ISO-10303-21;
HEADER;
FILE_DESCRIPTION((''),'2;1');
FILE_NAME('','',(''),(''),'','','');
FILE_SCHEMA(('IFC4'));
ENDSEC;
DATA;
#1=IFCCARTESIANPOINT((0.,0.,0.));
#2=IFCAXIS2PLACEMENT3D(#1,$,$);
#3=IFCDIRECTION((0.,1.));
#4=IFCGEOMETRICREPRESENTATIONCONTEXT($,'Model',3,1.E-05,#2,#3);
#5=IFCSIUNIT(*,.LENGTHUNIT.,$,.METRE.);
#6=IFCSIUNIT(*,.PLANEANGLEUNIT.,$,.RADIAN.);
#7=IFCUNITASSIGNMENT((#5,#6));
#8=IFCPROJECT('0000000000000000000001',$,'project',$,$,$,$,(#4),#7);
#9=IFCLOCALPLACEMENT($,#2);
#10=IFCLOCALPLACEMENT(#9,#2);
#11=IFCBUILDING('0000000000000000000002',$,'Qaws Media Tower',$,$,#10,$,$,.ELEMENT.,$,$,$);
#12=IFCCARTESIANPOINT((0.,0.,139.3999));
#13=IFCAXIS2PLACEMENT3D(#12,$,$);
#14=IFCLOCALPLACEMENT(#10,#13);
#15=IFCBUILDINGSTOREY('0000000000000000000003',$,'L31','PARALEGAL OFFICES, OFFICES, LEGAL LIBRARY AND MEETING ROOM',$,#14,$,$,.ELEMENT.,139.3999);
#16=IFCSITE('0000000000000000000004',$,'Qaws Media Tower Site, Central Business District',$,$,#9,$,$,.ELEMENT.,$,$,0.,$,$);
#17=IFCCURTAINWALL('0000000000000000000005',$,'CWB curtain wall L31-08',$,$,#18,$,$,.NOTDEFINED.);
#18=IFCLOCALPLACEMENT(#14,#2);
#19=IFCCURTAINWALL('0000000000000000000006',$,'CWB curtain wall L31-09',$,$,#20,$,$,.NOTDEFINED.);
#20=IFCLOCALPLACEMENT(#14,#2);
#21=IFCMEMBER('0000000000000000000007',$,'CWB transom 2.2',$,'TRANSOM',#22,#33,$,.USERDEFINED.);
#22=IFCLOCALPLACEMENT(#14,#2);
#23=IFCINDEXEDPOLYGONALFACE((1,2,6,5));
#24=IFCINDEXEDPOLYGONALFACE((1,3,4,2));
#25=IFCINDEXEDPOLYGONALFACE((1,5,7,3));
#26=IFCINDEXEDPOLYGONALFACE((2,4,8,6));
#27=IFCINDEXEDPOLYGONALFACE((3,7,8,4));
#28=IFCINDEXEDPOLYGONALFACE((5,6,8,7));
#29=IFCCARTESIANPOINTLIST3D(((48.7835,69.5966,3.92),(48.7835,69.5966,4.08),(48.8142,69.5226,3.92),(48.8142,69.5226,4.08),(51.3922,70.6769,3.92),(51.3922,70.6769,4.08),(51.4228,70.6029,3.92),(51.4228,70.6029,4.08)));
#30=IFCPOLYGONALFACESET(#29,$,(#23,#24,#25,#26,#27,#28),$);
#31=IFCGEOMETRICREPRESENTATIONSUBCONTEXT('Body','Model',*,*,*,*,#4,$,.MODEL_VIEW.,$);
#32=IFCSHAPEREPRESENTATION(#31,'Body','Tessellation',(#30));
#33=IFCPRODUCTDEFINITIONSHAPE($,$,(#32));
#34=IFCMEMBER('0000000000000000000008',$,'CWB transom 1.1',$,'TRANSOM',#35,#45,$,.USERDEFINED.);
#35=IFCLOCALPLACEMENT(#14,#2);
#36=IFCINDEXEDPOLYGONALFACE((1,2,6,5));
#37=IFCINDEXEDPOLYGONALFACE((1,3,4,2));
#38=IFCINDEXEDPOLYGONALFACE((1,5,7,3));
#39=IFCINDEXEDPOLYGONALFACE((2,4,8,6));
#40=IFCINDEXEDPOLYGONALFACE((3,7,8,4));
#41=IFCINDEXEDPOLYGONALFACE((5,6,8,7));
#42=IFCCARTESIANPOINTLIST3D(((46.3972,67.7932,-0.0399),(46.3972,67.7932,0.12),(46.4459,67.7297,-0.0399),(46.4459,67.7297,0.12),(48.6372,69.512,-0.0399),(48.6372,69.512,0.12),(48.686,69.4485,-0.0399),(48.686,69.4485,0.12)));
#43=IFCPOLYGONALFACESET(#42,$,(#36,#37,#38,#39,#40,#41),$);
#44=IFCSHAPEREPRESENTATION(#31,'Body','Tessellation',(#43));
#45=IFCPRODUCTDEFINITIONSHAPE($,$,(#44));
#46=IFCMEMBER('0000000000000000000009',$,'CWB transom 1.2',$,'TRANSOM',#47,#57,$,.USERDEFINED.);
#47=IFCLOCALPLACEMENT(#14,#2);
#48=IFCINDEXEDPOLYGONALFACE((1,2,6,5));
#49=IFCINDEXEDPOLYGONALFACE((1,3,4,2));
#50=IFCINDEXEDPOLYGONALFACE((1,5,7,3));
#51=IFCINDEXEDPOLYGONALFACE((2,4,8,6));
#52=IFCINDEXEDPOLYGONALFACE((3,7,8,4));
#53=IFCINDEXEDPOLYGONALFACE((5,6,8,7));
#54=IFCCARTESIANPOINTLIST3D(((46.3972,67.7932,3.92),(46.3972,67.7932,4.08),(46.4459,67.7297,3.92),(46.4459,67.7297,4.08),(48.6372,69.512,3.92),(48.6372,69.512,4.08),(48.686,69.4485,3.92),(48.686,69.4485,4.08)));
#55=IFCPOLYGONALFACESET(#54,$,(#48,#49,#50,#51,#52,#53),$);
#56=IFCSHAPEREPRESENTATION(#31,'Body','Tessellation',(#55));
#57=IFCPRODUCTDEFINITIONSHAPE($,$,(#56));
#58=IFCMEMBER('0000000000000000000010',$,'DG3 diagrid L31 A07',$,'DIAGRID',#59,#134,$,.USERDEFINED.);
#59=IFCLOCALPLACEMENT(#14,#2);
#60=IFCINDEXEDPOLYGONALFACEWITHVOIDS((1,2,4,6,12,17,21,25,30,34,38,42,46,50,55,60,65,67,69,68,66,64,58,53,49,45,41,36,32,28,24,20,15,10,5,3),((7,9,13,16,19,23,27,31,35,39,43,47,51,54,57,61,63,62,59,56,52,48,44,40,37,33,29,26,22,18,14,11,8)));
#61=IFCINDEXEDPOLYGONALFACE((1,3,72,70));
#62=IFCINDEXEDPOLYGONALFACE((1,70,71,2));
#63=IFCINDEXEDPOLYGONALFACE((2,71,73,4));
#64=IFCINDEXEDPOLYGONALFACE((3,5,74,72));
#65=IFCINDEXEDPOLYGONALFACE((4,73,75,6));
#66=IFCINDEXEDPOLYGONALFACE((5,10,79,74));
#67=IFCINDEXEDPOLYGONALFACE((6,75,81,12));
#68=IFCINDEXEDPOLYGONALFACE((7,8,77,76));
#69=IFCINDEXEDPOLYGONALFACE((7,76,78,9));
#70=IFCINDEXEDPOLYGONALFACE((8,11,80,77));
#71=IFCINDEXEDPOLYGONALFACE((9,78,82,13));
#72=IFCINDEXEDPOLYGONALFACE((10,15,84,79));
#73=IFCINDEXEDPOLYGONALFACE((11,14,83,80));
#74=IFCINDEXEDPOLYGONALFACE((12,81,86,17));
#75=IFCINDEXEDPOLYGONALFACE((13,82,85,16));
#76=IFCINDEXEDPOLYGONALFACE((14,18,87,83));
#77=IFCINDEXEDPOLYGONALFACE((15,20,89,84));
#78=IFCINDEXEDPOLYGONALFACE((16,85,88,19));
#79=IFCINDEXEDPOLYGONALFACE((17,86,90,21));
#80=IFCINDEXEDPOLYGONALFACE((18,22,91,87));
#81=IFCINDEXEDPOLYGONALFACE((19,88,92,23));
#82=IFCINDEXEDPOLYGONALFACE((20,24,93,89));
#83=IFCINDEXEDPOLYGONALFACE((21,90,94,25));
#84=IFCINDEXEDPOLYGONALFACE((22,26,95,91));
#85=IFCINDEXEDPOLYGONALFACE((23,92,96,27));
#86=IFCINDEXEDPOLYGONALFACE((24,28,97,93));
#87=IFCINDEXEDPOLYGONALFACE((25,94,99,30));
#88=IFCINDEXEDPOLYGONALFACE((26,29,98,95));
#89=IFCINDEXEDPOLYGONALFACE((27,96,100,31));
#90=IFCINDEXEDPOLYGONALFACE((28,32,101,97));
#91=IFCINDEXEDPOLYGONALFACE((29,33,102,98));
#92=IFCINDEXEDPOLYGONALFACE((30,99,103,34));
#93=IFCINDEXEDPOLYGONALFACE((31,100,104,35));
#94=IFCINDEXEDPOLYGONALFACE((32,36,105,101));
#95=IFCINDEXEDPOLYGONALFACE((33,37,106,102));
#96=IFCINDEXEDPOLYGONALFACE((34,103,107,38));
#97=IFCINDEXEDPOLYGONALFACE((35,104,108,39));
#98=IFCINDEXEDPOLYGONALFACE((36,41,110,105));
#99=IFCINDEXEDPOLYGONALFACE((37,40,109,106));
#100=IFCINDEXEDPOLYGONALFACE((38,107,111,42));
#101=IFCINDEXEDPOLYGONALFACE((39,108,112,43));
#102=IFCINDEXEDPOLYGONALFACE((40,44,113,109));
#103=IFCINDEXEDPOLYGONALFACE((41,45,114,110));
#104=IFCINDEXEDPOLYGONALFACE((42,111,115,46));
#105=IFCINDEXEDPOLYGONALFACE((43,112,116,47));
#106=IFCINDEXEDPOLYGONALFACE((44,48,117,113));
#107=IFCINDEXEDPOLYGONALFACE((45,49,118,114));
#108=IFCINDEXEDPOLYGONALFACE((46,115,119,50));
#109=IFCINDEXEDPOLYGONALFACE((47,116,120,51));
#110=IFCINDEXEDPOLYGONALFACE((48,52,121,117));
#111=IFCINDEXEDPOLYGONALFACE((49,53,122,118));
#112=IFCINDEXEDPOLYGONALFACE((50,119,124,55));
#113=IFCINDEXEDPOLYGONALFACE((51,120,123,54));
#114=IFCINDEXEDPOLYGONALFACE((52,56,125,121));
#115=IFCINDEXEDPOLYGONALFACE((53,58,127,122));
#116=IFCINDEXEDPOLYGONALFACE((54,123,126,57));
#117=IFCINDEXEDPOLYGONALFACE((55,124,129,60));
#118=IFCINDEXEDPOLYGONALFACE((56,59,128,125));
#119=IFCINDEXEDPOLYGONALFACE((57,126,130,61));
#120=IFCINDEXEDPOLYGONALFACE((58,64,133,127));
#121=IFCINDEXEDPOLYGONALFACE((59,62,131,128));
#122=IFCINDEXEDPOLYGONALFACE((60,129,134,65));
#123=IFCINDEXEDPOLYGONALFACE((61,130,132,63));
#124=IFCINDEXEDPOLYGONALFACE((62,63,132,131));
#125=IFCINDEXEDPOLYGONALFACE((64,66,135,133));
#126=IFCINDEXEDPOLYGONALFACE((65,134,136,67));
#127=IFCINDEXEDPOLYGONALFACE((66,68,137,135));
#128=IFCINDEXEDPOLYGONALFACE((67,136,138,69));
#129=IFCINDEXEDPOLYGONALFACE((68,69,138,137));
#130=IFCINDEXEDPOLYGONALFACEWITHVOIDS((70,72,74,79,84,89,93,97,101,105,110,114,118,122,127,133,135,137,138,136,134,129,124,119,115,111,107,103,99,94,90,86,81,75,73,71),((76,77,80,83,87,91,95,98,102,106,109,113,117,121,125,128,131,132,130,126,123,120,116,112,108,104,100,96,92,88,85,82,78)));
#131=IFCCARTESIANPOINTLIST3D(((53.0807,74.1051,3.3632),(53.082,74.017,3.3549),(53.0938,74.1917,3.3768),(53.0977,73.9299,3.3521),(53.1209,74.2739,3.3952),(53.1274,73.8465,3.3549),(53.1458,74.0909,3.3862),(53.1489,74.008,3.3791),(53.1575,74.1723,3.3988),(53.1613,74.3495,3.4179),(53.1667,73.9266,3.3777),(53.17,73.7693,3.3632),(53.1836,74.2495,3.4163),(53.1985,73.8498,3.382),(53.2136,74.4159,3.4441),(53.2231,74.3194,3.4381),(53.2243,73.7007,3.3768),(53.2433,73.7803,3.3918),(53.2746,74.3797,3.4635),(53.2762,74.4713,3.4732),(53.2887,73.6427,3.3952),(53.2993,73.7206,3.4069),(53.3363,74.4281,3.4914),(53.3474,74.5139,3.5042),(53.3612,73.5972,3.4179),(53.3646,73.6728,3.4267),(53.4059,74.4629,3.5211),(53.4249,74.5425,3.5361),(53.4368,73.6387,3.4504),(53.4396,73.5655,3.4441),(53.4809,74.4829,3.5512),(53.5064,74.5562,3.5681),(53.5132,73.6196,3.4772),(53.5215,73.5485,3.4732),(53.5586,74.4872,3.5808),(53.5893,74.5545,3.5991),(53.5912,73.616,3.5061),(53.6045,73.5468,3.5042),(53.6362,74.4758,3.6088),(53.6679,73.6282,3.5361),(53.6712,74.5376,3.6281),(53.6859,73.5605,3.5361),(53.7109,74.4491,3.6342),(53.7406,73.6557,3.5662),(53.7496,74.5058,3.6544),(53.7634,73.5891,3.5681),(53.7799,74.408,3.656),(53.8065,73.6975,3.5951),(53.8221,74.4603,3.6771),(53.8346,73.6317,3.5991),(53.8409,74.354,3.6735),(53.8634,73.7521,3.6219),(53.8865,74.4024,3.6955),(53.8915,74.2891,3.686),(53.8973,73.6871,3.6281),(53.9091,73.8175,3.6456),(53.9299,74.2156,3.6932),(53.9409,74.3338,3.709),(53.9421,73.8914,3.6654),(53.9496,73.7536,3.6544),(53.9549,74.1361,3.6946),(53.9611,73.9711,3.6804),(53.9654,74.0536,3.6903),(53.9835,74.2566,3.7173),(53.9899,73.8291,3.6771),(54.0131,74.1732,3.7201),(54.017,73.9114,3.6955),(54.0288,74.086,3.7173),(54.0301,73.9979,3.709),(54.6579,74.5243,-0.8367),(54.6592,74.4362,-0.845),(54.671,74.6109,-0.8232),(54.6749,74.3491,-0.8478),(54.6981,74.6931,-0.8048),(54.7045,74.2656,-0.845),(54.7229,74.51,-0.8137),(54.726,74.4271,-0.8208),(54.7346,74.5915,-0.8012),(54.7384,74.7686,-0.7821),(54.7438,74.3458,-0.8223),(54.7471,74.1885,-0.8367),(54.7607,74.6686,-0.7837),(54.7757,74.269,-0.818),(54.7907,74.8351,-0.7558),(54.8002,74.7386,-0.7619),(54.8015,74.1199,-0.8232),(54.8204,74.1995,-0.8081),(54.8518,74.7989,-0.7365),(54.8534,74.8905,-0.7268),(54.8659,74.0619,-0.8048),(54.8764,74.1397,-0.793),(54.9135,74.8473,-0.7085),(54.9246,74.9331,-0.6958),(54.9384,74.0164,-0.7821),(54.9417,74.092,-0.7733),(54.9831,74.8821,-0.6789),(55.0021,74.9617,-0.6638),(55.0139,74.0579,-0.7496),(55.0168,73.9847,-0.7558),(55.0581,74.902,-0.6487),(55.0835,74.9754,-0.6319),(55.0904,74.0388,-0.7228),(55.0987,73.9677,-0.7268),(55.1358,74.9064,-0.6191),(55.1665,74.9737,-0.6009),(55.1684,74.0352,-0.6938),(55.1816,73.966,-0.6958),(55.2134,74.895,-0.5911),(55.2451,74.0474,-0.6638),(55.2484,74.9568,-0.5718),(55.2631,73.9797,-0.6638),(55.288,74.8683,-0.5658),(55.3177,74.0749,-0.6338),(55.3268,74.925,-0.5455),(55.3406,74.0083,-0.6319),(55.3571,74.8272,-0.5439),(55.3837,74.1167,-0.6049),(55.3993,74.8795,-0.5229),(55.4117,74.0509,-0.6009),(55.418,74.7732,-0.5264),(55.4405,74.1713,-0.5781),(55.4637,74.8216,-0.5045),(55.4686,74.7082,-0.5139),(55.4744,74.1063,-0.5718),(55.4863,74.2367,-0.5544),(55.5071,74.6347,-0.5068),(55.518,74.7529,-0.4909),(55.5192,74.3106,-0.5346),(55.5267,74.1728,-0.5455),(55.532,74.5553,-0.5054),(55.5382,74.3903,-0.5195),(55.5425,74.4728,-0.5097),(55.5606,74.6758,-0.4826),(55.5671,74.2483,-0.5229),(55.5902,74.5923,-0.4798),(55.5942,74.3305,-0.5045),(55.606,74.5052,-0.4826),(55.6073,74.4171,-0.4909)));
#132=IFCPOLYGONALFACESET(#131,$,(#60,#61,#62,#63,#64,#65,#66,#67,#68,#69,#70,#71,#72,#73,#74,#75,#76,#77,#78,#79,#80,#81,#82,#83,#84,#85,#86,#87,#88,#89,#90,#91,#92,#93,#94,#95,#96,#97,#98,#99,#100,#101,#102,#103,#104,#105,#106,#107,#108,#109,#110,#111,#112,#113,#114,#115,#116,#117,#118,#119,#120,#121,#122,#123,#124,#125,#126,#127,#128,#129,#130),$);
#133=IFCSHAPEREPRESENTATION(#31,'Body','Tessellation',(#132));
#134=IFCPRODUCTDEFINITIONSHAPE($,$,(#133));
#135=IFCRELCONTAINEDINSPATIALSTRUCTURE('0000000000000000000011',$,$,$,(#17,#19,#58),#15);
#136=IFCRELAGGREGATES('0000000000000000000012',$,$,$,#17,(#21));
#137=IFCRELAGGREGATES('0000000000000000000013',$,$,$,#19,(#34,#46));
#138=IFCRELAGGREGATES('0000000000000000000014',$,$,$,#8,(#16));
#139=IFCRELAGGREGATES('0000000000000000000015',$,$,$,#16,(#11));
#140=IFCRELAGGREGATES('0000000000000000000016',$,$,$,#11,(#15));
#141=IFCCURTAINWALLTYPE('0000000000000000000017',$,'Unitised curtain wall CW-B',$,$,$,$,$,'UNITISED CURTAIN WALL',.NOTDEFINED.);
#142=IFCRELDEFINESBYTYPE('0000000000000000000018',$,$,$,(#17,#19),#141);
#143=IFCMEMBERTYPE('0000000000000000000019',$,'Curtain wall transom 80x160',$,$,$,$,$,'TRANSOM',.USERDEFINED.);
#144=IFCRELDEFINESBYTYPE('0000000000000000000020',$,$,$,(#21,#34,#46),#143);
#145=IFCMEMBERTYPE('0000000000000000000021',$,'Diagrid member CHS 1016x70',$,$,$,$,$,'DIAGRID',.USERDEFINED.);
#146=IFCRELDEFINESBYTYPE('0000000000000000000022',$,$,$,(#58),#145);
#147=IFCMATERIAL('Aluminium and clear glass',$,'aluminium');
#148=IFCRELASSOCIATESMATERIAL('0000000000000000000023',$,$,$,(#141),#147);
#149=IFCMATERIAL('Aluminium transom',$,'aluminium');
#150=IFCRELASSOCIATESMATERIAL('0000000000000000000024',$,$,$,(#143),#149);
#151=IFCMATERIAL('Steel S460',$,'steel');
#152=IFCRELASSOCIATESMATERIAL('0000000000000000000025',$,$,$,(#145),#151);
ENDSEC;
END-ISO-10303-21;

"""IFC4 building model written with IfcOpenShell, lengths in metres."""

from ifc_helpers import new_model, si_unit, direction, frame, origin, origin_2d, place, context, subcontext, project, spatial, rectangle, hollow_circle, extrude, material, material_profile, profile_set, type_object, element, aggregate, save


model = new_model("IFC4")

# Units and contexts
model_context = context("Model", 3, precision=1e-05, world=origin(), true_north=direction((0.0, 1.0)))
body_context = subcontext(model_context, "Body", "Model", "MODEL_VIEW")
ifc_project = project(units=[si_unit("LENGTHUNIT", "METRE"), si_unit("PLANEANGLEUNIT", "RADIAN")], contexts=[model_context])

# Site, building, storey
site_placement = place(None, origin())
site = spatial("IfcSite", under=ifc_project, at=site_placement, Name="Qaws Media Tower Site, Central Business District", CompositionType="ELEMENT", RefElevation=0.0)
building_placement = place(site_placement, origin())
building = spatial("IfcBuilding", under=site, at=building_placement, Name="Qaws Media Tower", CompositionType="ELEMENT")
storey_placement = place(building_placement, frame((0.0, 0.0, 139.3999)))
storey = spatial("IfcBuildingStorey", under=building, at=storey_placement, Name="L31", Description="PARALEGAL OFFICES, OFFICES, LEGAL LIBRARY AND MEETING ROOM", CompositionType="ELEMENT", Elevation=139.3999)

# Curtain walls
ifc_material_1 = material(Name="Aluminium and clear glass", Category="aluminium")
curtain_wall_type = type_object("IfcCurtainWallType", Name="Unitised curtain wall CW-B", ElementType="UNITISED CURTAIN WALL", PredefinedType="NOTDEFINED", material=ifc_material_1)
curtain_wall_1_placement = place(storey_placement, origin())
curtain_wall_1 = element("IfcCurtainWall", 1, at=curtain_wall_1_placement, inside=storey, type_object=curtain_wall_type, Name="CWB curtain wall L31-08", PredefinedType="NOTDEFINED")
curtain_wall_2_placement = place(storey_placement, origin())
curtain_wall_2 = element("IfcCurtainWall", 2, at=curtain_wall_2_placement, inside=storey, type_object=curtain_wall_type, Name="CWB curtain wall L31-09", PredefinedType="NOTDEFINED")

# Members
ifc_material_2 = material(Name="Aluminium transom", Category="aluminium")
ifc_material_profile_1 = material_profile(ifc_material_2, rectangle(XDim=0.0801, YDim=0.1599, at=origin_2d()), Name="80x160")
ifc_profile_set_1 = profile_set([ifc_material_profile_1], Name="Aluminium transom")
member_type_1 = type_object("IfcMemberType", Name="Curtain wall transom 80x160", ElementType="TRANSOM", PredefinedType="USERDEFINED", material=ifc_profile_set_1)
member_1_placement = place(storey_placement, frame((51.4075, 70.6399, 4.0), z_axis=(-0.923906, -0.382619, 0.0), x_axis=(0.382619, -0.923906, 0.0)))
member_1 = element("IfcMember", 3, at=member_1_placement, type_object=member_type_1, Name="CWB transom 2.2", ObjectType="TRANSOM", PredefinedType="USERDEFINED", context=body_context, shape_type="SweptSolid", body=[
    extrude(rectangle(XDim=0.0801, YDim=0.1599, at=origin_2d()), origin(), (0.0, 0.0, 1.0), 2.8235),
])
member_2_placement = place(storey_placement, frame((48.6616, 69.4802, 0.04), z_axis=(-0.793363, -0.608749, 0.0), x_axis=(0.608749, -0.793363, 0.0)))
member_2 = element("IfcMember", 4, at=member_2_placement, type_object=member_type_1, Name="CWB transom 1.1", ObjectType="TRANSOM", PredefinedType="USERDEFINED", context=body_context, shape_type="SweptSolid", body=[
    extrude(rectangle(XDim=0.0801, YDim=0.1599, at=origin_2d()), origin(), (0.0, 0.0, 1.0), 2.8235),
])
member_3_placement = place(storey_placement, frame((48.6616, 69.4802, 4.0), z_axis=(-0.793363, -0.608749, 0.0), x_axis=(0.608749, -0.793363, 0.0)))
member_3 = element("IfcMember", 5, at=member_3_placement, type_object=member_type_1, Name="CWB transom 1.2", ObjectType="TRANSOM", PredefinedType="USERDEFINED", context=body_context, shape_type="SweptSolid", body=[
    extrude(rectangle(XDim=0.0801, YDim=0.1599, at=origin_2d()), origin(), (0.0, 0.0, 1.0), 2.8235),
])

# Member
ifc_material_3 = material(Name="Steel S460", Category="steel")
ifc_material_profile_2 = material_profile(ifc_material_3, hollow_circle(Radius=0.5081, WallThickness=0.0701, at=origin_2d()), Name="CHS 1016x70")
ifc_profile_set_2 = profile_set([ifc_material_profile_2], Name="Steel S460")
member_type_2 = type_object("IfcMemberType", Name="Diagrid member CHS 1016x70", ElementType="DIAGRID", PredefinedType="USERDEFINED", material=ifc_profile_set_2)
for number, where, z_axis, x_axis, name in (
    (6, (55.1326, 74.4707, -0.6638), (-0.350022, -0.093032, 0.93211), (0.256871, -0.966446, 0.0), "DG3 diagrid L31 A07"),
):
    element("IfcMember", number, at=place(storey_placement, frame(where, z_axis=z_axis, x_axis=x_axis)), inside=storey, type_object=member_type_2, Name=name, ObjectType="DIAGRID", PredefinedType="USERDEFINED", context=body_context, shape_type="SweptSolid", body=[
        extrude(hollow_circle(Radius=0.5081, WallThickness=0.0701, at=origin_2d()), origin(), (0.0, 0.0, 1.0), 4.5059),
    ])

aggregate(curtain_wall_1, [member_1])
aggregate(curtain_wall_2, [member_2, member_3])

save(model, "model.ifc")
